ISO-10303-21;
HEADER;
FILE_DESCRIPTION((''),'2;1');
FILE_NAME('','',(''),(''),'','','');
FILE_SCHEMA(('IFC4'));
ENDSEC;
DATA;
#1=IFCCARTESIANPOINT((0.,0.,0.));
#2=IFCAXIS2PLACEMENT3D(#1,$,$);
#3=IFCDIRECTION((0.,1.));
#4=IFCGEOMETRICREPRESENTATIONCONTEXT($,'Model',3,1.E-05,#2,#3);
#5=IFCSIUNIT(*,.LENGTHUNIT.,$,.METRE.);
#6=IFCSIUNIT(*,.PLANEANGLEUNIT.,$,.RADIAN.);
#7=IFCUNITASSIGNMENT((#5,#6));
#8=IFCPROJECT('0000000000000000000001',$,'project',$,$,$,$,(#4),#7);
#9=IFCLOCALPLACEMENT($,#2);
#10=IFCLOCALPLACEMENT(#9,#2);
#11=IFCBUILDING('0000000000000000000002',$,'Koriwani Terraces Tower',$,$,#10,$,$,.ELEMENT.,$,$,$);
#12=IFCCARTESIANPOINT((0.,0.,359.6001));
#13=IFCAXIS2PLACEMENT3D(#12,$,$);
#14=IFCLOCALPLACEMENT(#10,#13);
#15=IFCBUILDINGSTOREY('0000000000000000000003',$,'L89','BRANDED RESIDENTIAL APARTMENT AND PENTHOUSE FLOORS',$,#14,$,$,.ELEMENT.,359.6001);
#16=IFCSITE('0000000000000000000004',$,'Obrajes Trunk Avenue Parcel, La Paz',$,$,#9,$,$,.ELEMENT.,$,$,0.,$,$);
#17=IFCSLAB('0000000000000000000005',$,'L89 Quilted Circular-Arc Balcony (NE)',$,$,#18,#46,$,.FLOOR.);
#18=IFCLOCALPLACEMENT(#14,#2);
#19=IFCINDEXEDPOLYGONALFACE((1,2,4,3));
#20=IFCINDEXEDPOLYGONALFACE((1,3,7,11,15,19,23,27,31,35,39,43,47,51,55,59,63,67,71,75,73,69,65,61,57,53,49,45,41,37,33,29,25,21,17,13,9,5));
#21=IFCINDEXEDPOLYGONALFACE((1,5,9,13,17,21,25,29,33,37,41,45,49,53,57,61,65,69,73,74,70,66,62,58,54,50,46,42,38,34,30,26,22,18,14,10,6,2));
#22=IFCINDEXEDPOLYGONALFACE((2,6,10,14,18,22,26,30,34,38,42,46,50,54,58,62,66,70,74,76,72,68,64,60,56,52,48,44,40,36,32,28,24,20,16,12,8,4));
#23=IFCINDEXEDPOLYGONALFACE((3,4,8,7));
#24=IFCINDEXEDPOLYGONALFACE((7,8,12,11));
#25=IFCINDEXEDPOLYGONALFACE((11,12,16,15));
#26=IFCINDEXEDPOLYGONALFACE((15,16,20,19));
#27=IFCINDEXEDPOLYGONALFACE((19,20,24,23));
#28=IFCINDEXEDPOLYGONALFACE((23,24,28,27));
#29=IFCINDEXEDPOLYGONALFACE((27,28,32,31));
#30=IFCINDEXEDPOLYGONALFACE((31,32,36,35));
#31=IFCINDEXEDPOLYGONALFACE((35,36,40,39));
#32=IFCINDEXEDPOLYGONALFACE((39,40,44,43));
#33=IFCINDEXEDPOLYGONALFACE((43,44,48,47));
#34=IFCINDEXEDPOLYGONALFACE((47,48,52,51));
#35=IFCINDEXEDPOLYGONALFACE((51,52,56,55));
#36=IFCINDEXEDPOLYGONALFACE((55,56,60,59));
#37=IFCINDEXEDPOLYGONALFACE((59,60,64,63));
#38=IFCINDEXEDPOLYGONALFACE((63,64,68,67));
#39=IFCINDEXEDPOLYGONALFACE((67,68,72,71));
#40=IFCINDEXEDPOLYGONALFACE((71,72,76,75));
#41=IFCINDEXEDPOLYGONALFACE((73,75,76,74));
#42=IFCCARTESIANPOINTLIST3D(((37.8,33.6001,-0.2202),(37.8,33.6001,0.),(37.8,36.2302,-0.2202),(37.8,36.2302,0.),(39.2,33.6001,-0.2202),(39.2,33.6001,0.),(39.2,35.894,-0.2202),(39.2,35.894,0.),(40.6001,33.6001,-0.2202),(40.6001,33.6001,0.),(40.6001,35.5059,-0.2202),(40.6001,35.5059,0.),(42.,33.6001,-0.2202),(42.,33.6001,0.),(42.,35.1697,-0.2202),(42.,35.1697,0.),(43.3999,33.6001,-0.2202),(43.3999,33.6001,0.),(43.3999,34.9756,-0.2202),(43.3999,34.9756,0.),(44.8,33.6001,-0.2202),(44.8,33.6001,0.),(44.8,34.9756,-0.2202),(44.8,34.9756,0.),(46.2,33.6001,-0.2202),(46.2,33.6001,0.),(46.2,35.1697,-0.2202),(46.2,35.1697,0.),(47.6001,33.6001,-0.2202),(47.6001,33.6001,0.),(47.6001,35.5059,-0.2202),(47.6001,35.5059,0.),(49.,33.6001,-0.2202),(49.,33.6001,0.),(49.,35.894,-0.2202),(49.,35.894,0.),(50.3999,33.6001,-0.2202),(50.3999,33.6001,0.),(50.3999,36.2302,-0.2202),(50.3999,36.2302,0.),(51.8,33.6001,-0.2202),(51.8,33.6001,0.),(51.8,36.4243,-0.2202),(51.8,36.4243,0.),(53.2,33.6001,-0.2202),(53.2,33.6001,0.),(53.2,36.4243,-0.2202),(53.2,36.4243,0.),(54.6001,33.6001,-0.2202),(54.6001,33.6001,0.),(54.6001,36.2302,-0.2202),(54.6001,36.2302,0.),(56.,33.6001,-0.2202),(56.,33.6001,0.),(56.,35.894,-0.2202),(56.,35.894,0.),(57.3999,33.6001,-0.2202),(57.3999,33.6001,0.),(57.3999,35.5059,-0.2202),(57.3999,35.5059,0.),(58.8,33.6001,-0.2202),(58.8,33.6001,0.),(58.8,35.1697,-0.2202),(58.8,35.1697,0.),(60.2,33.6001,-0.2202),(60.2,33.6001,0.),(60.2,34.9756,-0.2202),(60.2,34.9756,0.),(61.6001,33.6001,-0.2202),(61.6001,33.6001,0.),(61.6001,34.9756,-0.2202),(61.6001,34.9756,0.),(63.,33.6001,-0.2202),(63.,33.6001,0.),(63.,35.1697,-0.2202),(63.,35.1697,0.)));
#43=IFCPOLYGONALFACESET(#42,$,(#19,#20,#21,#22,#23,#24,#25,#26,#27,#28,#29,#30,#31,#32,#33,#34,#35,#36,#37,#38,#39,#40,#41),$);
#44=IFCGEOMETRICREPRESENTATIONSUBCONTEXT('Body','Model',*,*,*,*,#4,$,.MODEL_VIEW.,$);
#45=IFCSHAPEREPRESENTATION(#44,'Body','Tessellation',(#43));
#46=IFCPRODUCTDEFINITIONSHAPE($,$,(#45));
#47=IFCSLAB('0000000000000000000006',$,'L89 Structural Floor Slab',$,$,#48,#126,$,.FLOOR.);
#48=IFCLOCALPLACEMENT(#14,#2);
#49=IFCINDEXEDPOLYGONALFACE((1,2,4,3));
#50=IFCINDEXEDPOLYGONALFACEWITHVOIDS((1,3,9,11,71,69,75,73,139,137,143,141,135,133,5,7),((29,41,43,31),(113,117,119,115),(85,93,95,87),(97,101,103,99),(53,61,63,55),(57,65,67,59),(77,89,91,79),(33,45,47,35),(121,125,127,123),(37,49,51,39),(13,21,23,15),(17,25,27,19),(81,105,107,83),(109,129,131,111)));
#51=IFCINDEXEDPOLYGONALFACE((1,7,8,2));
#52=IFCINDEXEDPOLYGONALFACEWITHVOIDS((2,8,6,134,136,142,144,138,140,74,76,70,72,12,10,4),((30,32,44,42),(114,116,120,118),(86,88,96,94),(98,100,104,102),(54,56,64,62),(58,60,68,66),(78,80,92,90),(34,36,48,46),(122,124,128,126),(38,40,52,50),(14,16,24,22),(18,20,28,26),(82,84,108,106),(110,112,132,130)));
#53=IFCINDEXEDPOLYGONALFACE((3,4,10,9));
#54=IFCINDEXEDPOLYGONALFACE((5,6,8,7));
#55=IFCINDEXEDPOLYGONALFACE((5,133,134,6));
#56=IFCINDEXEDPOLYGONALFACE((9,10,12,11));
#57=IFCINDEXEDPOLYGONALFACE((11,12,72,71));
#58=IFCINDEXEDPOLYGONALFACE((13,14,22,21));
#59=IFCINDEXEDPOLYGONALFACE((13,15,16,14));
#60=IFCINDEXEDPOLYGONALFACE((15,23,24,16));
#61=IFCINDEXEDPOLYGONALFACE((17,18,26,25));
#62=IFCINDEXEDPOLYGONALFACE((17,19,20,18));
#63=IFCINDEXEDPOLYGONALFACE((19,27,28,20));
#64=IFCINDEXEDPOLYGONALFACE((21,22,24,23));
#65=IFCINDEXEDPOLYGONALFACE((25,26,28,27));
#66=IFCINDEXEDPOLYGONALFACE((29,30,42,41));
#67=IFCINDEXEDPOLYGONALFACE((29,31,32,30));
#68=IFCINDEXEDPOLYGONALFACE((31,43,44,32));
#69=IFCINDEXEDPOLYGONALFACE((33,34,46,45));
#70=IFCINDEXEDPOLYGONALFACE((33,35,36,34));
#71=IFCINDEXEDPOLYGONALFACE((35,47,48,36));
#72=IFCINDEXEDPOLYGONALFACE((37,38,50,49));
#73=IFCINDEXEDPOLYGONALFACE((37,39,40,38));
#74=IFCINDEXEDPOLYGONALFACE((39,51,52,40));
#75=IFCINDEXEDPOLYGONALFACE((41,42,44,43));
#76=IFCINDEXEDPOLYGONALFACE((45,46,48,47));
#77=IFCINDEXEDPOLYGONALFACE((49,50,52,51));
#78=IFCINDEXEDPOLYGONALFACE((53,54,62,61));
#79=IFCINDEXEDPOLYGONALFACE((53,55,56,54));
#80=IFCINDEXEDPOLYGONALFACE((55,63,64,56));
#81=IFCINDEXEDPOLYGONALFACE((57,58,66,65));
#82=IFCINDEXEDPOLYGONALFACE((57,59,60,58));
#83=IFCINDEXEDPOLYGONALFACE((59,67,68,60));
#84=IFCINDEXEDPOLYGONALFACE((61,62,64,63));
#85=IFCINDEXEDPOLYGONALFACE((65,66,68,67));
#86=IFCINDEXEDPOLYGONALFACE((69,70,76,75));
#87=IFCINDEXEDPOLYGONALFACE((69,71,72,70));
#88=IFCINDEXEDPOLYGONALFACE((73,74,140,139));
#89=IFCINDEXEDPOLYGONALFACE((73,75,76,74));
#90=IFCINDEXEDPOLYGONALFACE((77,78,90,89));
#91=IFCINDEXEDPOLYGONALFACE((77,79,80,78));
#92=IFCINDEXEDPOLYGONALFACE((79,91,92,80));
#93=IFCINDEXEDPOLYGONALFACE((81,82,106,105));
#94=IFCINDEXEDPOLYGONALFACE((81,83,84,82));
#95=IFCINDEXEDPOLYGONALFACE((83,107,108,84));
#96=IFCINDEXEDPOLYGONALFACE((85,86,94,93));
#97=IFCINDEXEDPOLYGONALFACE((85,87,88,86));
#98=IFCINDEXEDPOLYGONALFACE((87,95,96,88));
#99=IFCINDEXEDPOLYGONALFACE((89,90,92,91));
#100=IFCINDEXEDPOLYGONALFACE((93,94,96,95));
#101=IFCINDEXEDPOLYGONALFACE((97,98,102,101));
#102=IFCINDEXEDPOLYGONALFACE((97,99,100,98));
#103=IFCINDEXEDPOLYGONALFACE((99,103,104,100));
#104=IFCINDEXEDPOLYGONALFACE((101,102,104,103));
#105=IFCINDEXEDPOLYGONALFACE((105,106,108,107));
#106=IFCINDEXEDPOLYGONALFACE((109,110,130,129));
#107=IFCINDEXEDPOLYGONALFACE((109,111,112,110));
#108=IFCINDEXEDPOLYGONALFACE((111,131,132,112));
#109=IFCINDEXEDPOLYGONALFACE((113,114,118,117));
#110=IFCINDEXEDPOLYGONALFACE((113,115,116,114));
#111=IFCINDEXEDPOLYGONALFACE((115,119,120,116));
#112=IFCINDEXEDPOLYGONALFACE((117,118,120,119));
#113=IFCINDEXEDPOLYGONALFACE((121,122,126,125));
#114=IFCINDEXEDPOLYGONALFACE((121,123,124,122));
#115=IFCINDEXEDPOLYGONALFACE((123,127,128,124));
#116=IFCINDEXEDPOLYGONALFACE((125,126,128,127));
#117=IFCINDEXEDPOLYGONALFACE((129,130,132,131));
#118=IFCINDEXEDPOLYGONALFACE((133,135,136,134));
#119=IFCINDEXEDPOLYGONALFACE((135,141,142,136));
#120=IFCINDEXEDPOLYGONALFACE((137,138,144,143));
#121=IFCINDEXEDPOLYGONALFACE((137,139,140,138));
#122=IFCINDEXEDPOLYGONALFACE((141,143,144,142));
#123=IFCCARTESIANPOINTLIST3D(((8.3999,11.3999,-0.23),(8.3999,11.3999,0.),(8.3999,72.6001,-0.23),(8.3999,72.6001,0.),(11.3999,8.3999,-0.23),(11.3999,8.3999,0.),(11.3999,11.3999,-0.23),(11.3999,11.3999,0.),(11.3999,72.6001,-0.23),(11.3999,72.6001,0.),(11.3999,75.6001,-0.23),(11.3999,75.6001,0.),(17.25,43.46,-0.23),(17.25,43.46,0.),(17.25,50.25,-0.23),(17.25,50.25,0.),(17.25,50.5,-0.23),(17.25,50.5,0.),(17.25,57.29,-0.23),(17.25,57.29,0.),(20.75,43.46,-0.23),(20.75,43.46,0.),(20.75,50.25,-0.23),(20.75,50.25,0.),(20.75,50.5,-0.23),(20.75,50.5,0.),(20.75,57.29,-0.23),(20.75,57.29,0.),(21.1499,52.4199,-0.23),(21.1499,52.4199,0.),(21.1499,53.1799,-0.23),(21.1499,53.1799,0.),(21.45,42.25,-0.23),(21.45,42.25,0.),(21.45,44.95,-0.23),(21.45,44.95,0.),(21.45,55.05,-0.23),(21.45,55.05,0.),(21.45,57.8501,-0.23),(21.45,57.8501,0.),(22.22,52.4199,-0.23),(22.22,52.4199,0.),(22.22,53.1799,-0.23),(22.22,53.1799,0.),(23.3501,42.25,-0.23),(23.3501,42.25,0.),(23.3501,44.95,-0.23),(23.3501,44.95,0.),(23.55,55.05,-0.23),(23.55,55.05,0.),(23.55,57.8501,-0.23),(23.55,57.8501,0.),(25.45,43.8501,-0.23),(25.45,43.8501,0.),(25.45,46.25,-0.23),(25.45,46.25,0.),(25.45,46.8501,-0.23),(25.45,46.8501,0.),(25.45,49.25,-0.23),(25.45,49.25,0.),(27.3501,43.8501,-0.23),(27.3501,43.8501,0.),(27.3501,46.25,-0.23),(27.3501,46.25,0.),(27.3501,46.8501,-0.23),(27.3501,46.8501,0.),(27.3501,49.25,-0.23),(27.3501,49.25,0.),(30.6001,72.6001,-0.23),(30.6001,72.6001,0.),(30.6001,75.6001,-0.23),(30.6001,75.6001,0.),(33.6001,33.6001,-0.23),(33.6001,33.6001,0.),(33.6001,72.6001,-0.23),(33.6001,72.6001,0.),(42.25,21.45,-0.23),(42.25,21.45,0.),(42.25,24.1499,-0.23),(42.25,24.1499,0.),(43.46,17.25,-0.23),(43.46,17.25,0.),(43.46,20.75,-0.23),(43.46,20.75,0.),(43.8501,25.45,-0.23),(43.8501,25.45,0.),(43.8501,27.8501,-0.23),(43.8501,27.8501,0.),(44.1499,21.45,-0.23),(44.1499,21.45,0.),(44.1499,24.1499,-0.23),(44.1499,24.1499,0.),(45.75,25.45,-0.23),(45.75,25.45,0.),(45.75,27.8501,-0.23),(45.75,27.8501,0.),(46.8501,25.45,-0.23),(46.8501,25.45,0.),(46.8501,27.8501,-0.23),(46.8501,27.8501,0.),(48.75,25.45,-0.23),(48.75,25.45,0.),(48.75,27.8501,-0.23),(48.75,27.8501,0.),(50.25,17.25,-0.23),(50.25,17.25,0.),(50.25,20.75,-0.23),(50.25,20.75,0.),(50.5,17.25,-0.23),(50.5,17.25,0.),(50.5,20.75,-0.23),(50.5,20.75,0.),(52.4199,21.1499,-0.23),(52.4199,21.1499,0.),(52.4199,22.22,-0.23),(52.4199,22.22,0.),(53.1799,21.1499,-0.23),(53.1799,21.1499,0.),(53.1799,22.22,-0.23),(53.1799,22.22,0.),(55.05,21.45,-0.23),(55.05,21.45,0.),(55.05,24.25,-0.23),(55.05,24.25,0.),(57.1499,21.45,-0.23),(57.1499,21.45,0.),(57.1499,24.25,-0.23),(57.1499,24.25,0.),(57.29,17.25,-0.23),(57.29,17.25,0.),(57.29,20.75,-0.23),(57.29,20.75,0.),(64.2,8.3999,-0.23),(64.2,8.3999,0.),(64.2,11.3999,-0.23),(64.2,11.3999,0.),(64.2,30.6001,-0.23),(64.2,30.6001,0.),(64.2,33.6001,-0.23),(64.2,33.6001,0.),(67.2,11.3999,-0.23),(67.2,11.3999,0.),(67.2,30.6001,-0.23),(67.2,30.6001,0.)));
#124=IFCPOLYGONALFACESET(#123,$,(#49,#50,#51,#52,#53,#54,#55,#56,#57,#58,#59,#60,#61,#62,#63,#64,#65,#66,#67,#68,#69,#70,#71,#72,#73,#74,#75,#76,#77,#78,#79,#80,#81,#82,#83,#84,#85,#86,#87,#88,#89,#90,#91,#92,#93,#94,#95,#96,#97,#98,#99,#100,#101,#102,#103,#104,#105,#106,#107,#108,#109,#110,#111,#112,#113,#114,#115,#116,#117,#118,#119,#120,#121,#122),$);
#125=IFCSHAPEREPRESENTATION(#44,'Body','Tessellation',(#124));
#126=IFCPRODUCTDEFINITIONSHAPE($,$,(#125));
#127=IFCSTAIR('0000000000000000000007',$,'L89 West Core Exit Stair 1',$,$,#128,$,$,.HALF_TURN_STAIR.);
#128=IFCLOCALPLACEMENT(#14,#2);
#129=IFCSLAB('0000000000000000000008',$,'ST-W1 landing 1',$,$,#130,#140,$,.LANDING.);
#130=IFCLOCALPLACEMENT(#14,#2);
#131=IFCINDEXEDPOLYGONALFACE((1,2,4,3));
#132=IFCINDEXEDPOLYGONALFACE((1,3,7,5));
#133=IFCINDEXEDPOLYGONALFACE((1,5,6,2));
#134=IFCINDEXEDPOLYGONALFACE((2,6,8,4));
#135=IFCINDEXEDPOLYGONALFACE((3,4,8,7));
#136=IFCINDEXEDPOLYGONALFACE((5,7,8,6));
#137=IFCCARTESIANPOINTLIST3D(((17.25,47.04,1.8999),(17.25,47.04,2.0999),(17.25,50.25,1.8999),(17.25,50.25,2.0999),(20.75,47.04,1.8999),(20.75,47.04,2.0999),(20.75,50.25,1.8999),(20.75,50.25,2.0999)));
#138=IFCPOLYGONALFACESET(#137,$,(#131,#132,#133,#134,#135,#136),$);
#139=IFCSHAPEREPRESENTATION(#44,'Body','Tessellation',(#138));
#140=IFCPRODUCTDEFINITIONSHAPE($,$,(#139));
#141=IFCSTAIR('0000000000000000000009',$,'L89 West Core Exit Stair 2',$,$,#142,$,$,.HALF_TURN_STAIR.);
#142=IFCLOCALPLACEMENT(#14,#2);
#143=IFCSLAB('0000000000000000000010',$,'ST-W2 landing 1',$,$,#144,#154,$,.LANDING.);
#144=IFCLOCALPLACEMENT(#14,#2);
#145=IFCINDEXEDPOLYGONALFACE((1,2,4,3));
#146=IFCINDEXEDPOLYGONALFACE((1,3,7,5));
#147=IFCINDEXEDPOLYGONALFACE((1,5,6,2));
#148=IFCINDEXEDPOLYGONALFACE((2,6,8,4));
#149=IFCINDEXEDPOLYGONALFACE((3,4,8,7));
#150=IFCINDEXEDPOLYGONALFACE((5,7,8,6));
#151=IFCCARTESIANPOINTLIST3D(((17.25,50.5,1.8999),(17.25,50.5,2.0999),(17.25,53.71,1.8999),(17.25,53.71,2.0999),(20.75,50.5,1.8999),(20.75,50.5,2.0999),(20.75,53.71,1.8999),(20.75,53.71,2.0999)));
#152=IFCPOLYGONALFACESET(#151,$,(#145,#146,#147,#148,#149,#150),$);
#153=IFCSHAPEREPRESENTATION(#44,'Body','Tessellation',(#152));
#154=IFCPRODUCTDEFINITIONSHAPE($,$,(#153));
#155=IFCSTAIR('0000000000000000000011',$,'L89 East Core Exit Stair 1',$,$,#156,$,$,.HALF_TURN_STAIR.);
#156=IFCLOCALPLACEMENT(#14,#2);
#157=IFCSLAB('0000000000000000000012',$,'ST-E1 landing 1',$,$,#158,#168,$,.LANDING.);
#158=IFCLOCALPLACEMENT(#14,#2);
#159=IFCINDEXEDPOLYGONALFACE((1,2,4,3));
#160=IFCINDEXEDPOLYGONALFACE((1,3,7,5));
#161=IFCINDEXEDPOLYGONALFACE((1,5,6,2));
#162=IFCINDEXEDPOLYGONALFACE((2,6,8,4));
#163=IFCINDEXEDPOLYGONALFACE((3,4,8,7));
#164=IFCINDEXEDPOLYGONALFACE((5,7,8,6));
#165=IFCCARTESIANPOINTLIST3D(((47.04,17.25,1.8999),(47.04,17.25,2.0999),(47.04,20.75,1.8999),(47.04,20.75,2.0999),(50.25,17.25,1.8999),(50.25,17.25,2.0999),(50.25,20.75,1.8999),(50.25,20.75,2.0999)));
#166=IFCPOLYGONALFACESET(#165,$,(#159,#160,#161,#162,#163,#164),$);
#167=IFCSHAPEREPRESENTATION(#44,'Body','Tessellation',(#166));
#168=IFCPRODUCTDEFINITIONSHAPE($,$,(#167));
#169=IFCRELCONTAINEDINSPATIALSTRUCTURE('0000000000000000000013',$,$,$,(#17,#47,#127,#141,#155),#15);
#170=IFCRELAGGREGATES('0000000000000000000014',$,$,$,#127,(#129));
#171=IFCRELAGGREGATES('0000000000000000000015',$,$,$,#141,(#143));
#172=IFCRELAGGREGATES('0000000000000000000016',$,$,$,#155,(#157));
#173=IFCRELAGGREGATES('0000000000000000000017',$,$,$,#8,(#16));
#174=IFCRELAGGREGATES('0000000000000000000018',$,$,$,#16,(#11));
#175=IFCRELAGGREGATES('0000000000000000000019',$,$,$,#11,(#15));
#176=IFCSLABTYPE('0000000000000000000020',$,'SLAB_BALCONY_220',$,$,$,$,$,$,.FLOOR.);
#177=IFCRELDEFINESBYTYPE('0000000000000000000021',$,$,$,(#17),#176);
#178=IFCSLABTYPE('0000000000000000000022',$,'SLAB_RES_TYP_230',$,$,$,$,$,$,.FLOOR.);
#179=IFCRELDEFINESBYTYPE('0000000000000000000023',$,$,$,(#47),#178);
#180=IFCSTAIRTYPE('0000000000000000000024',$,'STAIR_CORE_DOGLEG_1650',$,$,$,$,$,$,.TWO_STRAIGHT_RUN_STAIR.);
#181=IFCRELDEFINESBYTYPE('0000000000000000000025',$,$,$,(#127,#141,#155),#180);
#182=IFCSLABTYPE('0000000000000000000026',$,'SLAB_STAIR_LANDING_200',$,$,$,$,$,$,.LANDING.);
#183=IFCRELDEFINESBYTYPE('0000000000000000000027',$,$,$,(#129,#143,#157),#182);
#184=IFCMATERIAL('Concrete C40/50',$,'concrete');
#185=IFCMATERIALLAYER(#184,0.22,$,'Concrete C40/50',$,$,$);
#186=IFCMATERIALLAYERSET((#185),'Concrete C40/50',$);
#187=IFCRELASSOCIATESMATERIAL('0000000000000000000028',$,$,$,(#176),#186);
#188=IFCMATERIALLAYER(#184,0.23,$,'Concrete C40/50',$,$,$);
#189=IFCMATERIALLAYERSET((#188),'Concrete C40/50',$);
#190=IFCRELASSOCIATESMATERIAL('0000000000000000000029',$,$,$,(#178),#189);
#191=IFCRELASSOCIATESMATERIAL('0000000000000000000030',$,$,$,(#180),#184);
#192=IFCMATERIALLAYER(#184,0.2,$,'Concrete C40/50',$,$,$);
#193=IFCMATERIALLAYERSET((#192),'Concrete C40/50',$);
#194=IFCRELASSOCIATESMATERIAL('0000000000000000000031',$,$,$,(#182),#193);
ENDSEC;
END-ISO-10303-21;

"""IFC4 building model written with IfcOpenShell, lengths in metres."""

from ifc_helpers import new_model, si_unit, direction, frame, origin, place, context, subcontext, project, spatial, polyline, outline, extrude, material, layer, layer_set, type_object, element, aggregate, save


model = new_model("IFC4")

# Units and contexts
model_context = context("Model", 3, precision=1e-05, world=origin(), true_north=direction((0.0, 1.0)))
body_context = subcontext(model_context, "Body", "Model", "MODEL_VIEW")
ifc_project = project(units=[si_unit("LENGTHUNIT", "METRE"), si_unit("PLANEANGLEUNIT", "RADIAN")], contexts=[model_context])

# Site, building, storey
site_placement = place(None, origin())
site = spatial("IfcSite", under=ifc_project, at=site_placement, Name="Obrajes Trunk Avenue Parcel, La Paz", CompositionType="ELEMENT", RefElevation=0.0)
building_placement = place(site_placement, origin())
building = spatial("IfcBuilding", under=site, at=building_placement, Name="Koriwani Terraces Tower", CompositionType="ELEMENT")
storey_placement = place(building_placement, frame((0.0, 0.0, 359.6001)))
storey = spatial("IfcBuildingStorey", under=building, at=storey_placement, Name="L89", Description="BRANDED RESIDENTIAL APARTMENT AND PENTHOUSE FLOORS", CompositionType="ELEMENT", Elevation=359.6001)

# Shared definitions
ifc_material_1 = material(Name="Concrete C40/50", Category="concrete")

# Slabs
ifc_layer_1 = layer(ifc_material_1, 0.22, Name="Concrete C40/50")
ifc_layer_set_1 = layer_set([ifc_layer_1], Name="Concrete C40/50")
slab_type_1 = type_object("IfcSlabType", Name="SLAB_BALCONY_220", PredefinedType="FLOOR", material=ifc_layer_set_1)
slab_1_placement = place(storey_placement, frame((0.0, 0.0, -0.2202)))
element("IfcSlab", 1, at=slab_1_placement, inside=storey, type_object=slab_type_1, Name="L89 Quilted Circular-Arc Balcony (NE)", PredefinedType="FLOOR", context=body_context, shape_type="SweptSolid", body=[
    extrude(outline(polyline([(63.0, 33.6001), (61.6001, 33.6001), (60.2, 33.6001), (58.8, 33.6001), (57.3999, 33.6001), (56.0, 33.6001), (54.6001, 33.6001), (53.2, 33.6001), (51.8, 33.6001), (50.3999, 33.6001), (49.0, 33.6001), (47.6001, 33.6001), (46.2, 33.6001), (44.8, 33.6001), (43.3999, 33.6001), (42.0, 33.6001), (40.6001, 33.6001), (39.2, 33.6001), (37.8, 33.6001), (37.8, 36.2302), (39.2, 35.894), (40.6001, 35.5059), (42.0, 35.1697), (43.3999, 34.9756), (44.8, 34.9756), (46.2, 35.1697), (47.6001, 35.5059), (49.0, 35.894), (50.3999, 36.2302), (51.8, 36.4243), (53.2, 36.4243), (54.6001, 36.2302), (56.0, 35.894), (57.3999, 35.5059), (58.8, 35.1697), (60.2, 34.9756), (61.6001, 34.9756), (63.0, 35.1697), (63.0, 33.6001)])), origin(), (0.0, 0.0, 1.0), 0.2202),
])
ifc_layer_2 = layer(ifc_material_1, 0.23, Name="Concrete C40/50")
ifc_layer_set_2 = layer_set([ifc_layer_2], Name="Concrete C40/50")
slab_type_2 = type_object("IfcSlabType", Name="SLAB_RES_TYP_230", PredefinedType="FLOOR", material=ifc_layer_set_2)
slab_2_placement = place(storey_placement, frame((0.0, 0.0, -0.23)))
element("IfcSlab", 2, at=slab_2_placement, inside=storey, type_object=slab_type_2, Name="L89 Structural Floor Slab", PredefinedType="FLOOR", context=body_context, shape_type="SweptSolid", body=[
    extrude(outline(polyline([(11.3999, 8.3999), (64.2, 8.3999), (64.2, 11.3999), (67.2, 11.3999), (67.2, 30.6001), (64.2, 30.6001), (64.2, 33.6001), (33.6001, 33.6001), (33.6001, 72.6001), (30.6001, 72.6001), (30.6001, 75.6001), (11.3999, 75.6001), (11.3999, 72.6001), (8.3999, 72.6001), (8.3999, 11.3999), (11.3999, 11.3999), (11.3999, 8.3999)]), holes=[polyline([(17.25, 43.46), (20.75, 43.46), (20.75, 50.25), (17.25, 50.25), (17.25, 43.46)]), polyline([(17.25, 50.5), (20.75, 50.5), (20.75, 57.29), (17.25, 57.29), (17.25, 50.5)]), polyline([(43.46, 17.25), (50.25, 17.25), (50.25, 20.75), (43.46, 20.75), (43.46, 17.25)]), polyline([(50.5, 17.25), (57.29, 17.25), (57.29, 20.75), (50.5, 20.75), (50.5, 17.25)]), polyline([(25.45, 43.8501), (27.3501, 43.8501), (27.3501, 46.25), (25.45, 46.25), (25.45, 43.8501)]), polyline([(25.45, 46.8501), (27.3501, 46.8501), (27.3501, 49.25), (25.45, 49.25), (25.45, 46.8501)]), polyline([(43.8501, 25.45), (45.75, 25.45), (45.75, 27.8501), (43.8501, 27.8501), (43.8501, 25.45)]), polyline([(46.8501, 25.45), (48.75, 25.45), (48.75, 27.8501), (46.8501, 27.8501), (46.8501, 25.45)]), polyline([(21.45, 55.05), (23.55, 55.05), (23.55, 57.8501), (21.45, 57.8501), (21.45, 55.05)]), polyline([(55.05, 21.45), (57.1499, 21.45), (57.1499, 24.25), (55.05, 24.25), (55.05, 21.45)]), polyline([(21.45, 42.25), (23.3501, 42.25), (23.3501, 44.95), (21.45, 44.95), (21.45, 42.25)]), polyline([(42.25, 21.45), (44.1499, 21.45), (44.1499, 24.1499), (42.25, 24.1499), (42.25, 21.45)]), polyline([(21.1499, 52.4199), (22.22, 52.4199), (22.22, 53.1799), (21.1499, 53.1799), (21.1499, 52.4199)]), polyline([(52.4199, 21.1499), (53.1799, 21.1499), (53.1799, 22.22), (52.4199, 22.22), (52.4199, 21.1499)])]), origin(), (0.0, 0.0, 1.0), 0.23),
])

# Stairs, slabs
stair_type = type_object("IfcStairType", Name="STAIR_CORE_DOGLEG_1650", PredefinedType="TWO_STRAIGHT_RUN_STAIR", material=ifc_material_1)
stair_1_placement = place(storey_placement, origin())
stair_1 = element("IfcStair", 3, at=stair_1_placement, inside=storey, type_object=stair_type, Name="L89 West Core Exit Stair 1", PredefinedType="HALF_TURN_STAIR")
ifc_layer_3 = layer(ifc_material_1, 0.2, Name="Concrete C40/50")
ifc_layer_set_3 = layer_set([ifc_layer_3], Name="Concrete C40/50")
slab_type_3 = type_object("IfcSlabType", Name="SLAB_STAIR_LANDING_200", PredefinedType="LANDING", material=ifc_layer_set_3)
slab_3_placement = place(storey_placement, frame((0.0, 0.0, 1.8999)))
slab_3 = element("IfcSlab", 4, at=slab_3_placement, type_object=slab_type_3, Name="ST-W1 landing 1", PredefinedType="LANDING", context=body_context, shape_type="SweptSolid", body=[
    extrude(outline(polyline([(20.75, 47.04), (20.75, 50.25), (17.25, 50.25), (17.25, 47.04), (20.75, 47.04)])), origin(), (0.0, 0.0, 1.0), 0.2),
])
aggregate(stair_1, [slab_3])
stair_2_placement = place(storey_placement, origin())
stair_2 = element("IfcStair", 5, at=stair_2_placement, inside=storey, type_object=stair_type, Name="L89 West Core Exit Stair 2", PredefinedType="HALF_TURN_STAIR")
slab_4_placement = place(storey_placement, frame((0.0, 0.0, 1.8999)))
slab_4 = element("IfcSlab", 6, at=slab_4_placement, type_object=slab_type_3, Name="ST-W2 landing 1", PredefinedType="LANDING", context=body_context, shape_type="SweptSolid", body=[
    extrude(outline(polyline([(17.25, 53.71), (17.25, 50.5), (20.75, 50.5), (20.75, 53.71), (17.25, 53.71)])), origin(), (0.0, 0.0, 1.0), 0.2),
])
aggregate(stair_2, [slab_4])
stair_3_placement = place(storey_placement, origin())
stair_3 = element("IfcStair", 7, at=stair_3_placement, inside=storey, type_object=stair_type, Name="L89 East Core Exit Stair 1", PredefinedType="HALF_TURN_STAIR")
slab_5_placement = place(storey_placement, frame((0.0, 0.0, 1.8999)))
slab_5 = element("IfcSlab", 8, at=slab_5_placement, type_object=slab_type_3, Name="ST-E1 landing 1", PredefinedType="LANDING", context=body_context, shape_type="SweptSolid", body=[
    extrude(outline(polyline([(47.04, 17.25), (50.25, 17.25), (50.25, 20.75), (47.04, 20.75), (47.04, 17.25)])), origin(), (0.0, 0.0, 1.0), 0.2),
])
aggregate(stair_3, [slab_5])

save(model, "model.ifc")
